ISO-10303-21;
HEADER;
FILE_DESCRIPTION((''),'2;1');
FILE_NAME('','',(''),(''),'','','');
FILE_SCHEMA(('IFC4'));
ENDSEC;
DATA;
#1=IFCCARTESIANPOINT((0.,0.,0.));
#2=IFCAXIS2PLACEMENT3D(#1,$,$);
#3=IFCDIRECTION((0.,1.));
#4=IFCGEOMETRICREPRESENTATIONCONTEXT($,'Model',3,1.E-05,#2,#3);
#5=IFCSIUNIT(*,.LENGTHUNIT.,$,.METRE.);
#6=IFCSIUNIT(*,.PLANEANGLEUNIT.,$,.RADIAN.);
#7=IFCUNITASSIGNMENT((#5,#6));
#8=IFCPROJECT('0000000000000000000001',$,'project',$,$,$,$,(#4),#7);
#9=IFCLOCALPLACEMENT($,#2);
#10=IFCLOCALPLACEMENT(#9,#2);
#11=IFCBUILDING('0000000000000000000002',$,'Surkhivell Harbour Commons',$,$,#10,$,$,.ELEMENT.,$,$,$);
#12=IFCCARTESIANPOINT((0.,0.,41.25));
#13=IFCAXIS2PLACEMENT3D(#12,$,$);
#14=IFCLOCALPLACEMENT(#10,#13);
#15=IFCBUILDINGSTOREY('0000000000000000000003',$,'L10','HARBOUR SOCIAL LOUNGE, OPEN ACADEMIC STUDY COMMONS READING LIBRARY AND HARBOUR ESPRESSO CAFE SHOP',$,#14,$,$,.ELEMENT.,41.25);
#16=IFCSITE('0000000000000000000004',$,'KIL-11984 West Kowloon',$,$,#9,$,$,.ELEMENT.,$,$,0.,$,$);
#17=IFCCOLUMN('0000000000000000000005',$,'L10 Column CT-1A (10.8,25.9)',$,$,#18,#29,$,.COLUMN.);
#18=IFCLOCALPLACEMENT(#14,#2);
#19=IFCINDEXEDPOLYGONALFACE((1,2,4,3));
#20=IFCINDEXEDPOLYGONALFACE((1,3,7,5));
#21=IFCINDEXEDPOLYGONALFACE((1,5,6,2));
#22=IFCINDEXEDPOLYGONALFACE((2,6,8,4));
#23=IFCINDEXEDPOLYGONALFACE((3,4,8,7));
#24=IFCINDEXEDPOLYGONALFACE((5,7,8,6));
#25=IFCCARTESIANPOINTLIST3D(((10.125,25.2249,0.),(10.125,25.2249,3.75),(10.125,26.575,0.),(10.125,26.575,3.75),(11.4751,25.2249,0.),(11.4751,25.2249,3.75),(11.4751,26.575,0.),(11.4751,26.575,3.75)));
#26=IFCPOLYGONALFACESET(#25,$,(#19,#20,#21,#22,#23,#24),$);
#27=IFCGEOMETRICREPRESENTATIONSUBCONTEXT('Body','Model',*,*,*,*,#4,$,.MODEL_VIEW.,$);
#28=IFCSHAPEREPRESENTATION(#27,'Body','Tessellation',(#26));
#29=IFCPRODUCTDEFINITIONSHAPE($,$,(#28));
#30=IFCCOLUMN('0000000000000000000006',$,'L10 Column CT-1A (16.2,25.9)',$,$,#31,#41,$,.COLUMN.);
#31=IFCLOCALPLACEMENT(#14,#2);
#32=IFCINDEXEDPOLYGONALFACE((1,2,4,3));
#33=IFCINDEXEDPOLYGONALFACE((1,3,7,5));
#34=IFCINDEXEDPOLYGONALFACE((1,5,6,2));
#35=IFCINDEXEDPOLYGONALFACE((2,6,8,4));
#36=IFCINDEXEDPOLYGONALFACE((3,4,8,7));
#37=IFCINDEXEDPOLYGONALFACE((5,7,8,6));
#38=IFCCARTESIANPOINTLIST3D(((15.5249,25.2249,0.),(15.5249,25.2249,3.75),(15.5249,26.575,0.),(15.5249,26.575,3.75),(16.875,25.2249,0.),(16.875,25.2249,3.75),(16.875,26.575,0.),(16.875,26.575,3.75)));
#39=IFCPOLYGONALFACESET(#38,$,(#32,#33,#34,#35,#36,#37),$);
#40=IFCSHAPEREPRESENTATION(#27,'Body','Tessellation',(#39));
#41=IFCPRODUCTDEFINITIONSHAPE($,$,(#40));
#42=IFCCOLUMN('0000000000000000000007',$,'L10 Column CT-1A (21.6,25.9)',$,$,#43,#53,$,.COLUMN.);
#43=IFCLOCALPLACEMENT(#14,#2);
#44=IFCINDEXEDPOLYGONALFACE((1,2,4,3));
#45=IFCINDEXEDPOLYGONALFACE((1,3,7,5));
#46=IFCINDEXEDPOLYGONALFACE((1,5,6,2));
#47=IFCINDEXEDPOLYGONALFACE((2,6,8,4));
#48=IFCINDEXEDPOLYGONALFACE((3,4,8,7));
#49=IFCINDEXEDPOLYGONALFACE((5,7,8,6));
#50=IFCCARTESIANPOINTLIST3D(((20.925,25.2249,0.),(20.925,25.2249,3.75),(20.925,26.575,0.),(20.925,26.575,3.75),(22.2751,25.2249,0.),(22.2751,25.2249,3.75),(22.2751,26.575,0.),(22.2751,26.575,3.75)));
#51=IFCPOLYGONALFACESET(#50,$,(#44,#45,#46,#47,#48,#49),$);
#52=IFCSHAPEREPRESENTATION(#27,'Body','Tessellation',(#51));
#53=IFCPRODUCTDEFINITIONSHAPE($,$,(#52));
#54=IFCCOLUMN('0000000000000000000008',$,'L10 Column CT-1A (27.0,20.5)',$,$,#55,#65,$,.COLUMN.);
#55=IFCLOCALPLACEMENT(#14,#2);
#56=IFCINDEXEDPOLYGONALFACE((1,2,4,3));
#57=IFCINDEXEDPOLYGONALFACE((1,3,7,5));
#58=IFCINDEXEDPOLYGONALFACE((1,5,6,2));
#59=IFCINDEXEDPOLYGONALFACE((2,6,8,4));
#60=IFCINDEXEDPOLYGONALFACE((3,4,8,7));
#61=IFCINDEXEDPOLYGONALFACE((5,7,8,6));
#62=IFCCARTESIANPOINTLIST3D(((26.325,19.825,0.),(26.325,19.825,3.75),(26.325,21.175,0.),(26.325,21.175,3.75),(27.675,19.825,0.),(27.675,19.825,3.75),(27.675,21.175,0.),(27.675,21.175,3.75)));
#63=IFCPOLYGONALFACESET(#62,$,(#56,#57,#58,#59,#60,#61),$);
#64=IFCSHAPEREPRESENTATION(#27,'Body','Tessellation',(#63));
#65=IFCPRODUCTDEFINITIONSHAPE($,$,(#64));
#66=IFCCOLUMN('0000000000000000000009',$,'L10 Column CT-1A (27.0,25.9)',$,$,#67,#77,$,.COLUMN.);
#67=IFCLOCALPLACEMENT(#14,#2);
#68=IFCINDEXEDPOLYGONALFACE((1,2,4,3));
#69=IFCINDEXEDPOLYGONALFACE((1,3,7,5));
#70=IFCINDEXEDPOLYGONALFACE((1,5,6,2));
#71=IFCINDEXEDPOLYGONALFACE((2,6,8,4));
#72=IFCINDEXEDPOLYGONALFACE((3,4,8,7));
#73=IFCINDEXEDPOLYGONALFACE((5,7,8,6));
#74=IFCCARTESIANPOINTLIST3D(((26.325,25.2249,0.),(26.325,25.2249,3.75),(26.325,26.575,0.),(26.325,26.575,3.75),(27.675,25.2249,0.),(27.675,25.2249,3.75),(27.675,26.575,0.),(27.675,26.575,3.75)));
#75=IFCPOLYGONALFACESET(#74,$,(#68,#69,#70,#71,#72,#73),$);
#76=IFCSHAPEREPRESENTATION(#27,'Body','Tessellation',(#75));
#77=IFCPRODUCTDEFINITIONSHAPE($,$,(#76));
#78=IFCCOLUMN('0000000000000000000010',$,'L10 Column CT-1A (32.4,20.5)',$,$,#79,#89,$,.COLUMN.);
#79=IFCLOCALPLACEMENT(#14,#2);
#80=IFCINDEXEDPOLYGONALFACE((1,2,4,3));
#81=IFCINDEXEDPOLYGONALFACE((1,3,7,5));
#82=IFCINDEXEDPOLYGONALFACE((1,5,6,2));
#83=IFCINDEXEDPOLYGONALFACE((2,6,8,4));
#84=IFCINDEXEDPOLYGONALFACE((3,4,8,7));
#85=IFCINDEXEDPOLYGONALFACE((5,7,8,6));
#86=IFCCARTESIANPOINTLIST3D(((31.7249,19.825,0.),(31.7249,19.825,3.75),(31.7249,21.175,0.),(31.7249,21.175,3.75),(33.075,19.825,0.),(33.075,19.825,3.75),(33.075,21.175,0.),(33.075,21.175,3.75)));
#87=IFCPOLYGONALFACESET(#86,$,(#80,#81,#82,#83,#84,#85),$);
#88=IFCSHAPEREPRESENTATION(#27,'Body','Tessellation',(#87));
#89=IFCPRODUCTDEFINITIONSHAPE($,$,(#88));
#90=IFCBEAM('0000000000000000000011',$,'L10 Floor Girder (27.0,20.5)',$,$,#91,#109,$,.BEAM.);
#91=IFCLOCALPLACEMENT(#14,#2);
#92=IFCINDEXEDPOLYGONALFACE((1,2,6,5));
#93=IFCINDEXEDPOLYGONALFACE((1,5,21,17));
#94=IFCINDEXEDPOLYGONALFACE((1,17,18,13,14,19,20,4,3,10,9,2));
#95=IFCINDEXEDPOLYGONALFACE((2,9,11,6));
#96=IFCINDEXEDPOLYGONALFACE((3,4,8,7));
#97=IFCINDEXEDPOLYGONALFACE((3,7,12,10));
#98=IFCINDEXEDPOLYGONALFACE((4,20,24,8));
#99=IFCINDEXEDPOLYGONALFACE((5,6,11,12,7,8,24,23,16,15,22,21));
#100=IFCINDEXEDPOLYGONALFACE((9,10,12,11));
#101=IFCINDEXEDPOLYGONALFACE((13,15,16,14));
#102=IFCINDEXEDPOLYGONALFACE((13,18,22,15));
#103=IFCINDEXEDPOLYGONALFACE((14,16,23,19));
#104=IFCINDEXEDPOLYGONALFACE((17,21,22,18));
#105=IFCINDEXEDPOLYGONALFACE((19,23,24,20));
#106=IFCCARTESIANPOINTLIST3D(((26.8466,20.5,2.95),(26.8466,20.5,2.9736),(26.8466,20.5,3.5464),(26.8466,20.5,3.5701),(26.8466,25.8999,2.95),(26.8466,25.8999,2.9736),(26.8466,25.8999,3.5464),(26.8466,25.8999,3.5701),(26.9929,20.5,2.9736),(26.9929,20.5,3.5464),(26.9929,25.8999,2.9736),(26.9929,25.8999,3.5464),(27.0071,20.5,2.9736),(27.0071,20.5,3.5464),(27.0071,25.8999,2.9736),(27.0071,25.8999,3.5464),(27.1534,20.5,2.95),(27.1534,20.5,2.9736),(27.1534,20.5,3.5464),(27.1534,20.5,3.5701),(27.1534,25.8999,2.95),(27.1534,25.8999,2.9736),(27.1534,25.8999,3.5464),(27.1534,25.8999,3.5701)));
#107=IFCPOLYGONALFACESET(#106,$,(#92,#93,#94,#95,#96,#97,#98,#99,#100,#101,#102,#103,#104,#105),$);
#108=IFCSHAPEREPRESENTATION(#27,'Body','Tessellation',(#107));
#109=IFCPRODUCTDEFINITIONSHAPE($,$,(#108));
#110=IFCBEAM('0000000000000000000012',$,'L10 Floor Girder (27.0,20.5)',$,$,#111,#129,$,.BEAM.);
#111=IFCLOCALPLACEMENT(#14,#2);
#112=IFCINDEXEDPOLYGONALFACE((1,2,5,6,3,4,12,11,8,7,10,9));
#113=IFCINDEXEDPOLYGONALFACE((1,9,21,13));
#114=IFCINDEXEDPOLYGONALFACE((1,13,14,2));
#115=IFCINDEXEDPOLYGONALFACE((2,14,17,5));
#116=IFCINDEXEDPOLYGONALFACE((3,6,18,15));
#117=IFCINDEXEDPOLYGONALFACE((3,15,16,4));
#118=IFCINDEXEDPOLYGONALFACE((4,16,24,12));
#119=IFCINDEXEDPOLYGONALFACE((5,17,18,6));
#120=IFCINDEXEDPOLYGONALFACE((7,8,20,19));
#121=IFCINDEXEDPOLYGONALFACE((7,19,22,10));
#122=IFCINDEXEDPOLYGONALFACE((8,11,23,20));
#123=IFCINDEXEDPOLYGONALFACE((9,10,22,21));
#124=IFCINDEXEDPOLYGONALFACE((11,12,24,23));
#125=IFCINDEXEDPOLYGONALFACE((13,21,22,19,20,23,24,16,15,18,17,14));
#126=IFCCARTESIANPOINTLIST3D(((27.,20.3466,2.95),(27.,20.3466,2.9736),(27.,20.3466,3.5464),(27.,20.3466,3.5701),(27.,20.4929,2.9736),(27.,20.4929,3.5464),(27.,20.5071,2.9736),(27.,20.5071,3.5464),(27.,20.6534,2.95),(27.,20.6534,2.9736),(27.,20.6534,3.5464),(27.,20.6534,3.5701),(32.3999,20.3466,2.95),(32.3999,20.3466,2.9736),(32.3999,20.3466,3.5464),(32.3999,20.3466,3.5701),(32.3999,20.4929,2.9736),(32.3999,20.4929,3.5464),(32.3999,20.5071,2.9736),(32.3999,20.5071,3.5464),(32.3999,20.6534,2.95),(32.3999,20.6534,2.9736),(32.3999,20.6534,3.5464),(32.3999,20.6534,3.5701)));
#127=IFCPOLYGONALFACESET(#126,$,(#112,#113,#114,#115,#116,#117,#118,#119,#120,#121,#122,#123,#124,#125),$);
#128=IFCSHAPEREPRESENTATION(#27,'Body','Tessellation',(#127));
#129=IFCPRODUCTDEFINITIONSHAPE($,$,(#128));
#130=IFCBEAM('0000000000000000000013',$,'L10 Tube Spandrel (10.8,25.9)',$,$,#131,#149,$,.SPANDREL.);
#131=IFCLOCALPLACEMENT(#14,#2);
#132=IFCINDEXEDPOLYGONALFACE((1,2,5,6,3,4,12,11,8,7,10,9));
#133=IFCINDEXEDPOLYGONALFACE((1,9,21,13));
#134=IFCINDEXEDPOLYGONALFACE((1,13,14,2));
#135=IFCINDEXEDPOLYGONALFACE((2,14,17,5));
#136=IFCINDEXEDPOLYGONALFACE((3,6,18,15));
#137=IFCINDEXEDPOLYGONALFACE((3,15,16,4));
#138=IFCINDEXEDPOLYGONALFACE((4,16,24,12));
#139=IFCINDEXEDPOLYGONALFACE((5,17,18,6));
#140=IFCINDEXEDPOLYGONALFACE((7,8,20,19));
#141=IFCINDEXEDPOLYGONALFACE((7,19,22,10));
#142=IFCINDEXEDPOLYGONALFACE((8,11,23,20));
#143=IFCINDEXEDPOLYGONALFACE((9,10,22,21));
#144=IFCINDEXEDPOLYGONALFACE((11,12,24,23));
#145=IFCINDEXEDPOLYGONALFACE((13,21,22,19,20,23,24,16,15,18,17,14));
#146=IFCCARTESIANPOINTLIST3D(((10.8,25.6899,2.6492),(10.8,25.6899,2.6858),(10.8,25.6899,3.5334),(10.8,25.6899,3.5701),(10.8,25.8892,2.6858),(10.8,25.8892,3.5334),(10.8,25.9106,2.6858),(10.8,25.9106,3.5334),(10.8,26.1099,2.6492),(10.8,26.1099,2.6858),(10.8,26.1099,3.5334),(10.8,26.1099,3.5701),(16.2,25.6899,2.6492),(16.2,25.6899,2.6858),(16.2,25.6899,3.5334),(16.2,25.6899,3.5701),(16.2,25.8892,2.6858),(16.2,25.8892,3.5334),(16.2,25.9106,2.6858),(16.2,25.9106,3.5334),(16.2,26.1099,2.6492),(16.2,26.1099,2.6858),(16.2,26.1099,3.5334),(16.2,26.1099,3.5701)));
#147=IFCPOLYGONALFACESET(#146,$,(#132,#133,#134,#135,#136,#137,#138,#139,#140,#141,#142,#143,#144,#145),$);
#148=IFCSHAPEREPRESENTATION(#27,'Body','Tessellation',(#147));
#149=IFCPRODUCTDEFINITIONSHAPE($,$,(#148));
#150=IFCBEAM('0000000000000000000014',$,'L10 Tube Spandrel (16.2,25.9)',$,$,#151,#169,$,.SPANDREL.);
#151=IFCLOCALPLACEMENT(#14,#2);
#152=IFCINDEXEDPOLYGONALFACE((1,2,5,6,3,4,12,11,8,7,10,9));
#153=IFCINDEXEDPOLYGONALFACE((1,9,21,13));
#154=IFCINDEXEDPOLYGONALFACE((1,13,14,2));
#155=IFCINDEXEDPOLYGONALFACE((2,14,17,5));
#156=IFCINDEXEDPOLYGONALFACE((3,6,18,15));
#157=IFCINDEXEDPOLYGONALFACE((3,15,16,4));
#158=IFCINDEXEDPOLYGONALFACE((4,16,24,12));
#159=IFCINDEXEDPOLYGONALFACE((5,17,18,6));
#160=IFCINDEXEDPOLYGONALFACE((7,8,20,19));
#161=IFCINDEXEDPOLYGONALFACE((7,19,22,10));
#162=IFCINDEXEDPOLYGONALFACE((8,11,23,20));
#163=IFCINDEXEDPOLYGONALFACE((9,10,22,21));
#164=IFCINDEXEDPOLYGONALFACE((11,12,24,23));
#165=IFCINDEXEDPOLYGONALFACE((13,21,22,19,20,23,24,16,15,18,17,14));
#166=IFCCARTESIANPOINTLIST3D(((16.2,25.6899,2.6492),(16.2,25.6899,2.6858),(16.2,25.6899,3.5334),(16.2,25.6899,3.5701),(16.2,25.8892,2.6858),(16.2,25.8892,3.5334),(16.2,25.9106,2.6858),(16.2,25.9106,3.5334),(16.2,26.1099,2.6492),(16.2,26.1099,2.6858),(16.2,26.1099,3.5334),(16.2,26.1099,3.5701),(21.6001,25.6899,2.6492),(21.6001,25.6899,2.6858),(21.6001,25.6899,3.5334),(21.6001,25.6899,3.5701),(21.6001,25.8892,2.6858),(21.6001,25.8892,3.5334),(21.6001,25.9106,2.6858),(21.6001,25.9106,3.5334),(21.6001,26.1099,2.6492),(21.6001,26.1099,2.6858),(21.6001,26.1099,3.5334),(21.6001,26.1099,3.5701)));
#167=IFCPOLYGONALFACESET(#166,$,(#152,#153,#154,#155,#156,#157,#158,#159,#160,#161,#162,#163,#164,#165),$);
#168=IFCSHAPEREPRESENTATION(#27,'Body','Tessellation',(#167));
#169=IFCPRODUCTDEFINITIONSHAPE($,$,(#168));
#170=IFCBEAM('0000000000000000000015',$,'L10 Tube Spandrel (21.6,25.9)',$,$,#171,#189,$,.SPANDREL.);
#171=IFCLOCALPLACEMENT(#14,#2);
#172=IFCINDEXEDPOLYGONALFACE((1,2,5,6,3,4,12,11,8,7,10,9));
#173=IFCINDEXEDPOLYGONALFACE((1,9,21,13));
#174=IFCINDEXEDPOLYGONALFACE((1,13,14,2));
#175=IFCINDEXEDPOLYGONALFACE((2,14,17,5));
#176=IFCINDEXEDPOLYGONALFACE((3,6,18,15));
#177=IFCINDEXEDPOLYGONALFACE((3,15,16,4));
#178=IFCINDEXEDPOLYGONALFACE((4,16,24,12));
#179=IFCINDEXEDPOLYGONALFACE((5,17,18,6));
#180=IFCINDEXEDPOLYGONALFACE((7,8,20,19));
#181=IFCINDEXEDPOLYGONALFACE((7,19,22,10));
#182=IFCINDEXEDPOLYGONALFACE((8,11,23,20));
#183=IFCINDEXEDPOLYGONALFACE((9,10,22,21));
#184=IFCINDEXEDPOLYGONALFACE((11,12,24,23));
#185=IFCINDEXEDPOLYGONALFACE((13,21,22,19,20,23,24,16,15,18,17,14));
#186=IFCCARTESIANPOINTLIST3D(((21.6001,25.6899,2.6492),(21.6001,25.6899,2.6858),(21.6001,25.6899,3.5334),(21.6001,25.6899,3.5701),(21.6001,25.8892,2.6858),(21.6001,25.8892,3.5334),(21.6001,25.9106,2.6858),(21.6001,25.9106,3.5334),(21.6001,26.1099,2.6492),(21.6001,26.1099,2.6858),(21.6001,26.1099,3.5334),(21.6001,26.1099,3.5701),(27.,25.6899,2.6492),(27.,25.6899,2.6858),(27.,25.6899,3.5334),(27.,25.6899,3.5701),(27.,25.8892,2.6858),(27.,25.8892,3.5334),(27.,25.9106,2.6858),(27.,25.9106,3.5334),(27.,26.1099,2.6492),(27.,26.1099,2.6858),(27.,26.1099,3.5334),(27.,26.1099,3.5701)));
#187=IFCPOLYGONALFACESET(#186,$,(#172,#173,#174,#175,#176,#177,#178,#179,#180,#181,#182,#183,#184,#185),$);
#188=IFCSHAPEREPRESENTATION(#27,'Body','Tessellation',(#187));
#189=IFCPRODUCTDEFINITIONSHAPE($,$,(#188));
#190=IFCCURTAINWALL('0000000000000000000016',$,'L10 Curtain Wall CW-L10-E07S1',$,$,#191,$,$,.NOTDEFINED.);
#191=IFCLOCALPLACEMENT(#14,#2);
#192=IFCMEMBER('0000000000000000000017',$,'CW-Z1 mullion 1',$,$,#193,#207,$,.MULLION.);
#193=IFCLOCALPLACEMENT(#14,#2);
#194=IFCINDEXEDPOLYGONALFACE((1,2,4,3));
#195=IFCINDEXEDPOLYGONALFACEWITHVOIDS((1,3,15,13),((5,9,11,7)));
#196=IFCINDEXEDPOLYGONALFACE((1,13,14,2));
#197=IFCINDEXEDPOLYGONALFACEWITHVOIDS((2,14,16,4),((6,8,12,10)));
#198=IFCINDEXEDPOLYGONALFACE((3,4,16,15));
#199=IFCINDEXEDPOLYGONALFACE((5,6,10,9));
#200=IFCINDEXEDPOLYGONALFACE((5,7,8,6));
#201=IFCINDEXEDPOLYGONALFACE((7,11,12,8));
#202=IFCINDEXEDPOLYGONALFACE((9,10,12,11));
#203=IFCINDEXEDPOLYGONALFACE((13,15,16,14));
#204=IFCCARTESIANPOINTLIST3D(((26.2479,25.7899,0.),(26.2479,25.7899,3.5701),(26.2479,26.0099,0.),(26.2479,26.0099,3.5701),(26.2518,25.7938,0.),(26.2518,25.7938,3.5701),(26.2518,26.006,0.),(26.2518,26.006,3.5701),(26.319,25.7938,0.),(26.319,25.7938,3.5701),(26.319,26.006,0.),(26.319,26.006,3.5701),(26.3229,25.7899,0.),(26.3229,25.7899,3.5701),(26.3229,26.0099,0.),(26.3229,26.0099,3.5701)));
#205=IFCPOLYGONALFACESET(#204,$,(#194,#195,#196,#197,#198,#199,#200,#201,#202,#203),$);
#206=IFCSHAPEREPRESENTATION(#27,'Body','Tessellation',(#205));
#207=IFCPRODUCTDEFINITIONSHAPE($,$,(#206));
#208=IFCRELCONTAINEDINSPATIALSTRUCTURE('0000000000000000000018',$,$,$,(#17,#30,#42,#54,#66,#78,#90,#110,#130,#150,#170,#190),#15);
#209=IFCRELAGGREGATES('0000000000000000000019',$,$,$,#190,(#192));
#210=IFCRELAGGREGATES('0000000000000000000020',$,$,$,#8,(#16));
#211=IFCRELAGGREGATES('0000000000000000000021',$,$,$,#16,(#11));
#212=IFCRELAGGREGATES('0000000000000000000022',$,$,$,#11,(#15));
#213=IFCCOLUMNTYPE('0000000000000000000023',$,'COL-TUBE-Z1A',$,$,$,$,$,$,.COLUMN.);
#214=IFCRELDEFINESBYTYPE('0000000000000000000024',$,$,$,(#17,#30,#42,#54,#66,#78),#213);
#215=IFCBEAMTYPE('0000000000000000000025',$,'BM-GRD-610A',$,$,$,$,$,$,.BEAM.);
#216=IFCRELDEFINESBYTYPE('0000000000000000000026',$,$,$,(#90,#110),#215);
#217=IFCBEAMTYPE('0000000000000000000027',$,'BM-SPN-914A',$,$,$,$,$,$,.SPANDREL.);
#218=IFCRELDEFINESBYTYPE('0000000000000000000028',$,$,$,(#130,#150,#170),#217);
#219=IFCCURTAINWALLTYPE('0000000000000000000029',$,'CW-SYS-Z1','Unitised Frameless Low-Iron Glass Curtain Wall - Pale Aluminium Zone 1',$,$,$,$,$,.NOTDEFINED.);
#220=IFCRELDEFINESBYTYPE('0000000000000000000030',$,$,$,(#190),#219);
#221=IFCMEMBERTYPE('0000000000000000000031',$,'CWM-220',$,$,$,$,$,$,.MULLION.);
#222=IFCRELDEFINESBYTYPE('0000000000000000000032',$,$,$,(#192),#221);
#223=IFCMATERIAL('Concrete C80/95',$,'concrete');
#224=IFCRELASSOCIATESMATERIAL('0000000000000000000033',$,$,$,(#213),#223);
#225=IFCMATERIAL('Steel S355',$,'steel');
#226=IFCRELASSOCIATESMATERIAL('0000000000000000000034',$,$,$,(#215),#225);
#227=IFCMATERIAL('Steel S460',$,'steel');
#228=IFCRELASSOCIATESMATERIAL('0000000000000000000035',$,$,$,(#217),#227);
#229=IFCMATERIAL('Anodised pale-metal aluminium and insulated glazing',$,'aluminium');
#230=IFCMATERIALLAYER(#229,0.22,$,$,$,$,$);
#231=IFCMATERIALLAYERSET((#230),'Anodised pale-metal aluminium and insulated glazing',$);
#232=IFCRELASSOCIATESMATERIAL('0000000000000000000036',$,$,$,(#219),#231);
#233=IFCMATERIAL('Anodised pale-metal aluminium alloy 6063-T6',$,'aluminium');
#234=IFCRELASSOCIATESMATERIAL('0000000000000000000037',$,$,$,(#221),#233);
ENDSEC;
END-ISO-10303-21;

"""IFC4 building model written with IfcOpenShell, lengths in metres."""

from ifc_helpers import new_model, si_unit, direction, frame, origin, origin_2d, place, context, subcontext, project, spatial, rectangle, hollow_rectangle, i_section, extrude, material, layer, layer_set, material_profile, profile_set, type_object, element, aggregate, save


model = new_model("IFC4")

# Units and contexts
model_context = context("Model", 3, precision=1e-05, world=origin(), true_north=direction((0.0, 1.0)))
body_context = subcontext(model_context, "Body", "Model", "MODEL_VIEW")
ifc_project = project(units=[si_unit("LENGTHUNIT", "METRE"), si_unit("PLANEANGLEUNIT", "RADIAN")], contexts=[model_context])

# Site, building, storey
site_placement = place(None, origin())
site = spatial("IfcSite", under=ifc_project, at=site_placement, Name="KIL-11984 West Kowloon", CompositionType="ELEMENT", RefElevation=0.0)
building_placement = place(site_placement, origin())
building = spatial("IfcBuilding", under=site, at=building_placement, Name="Surkhivell Harbour Commons", CompositionType="ELEMENT")
storey_placement = place(building_placement, frame((0.0, 0.0, 41.25)))
storey = spatial("IfcBuildingStorey", under=building, at=storey_placement, Name="L10", Description="HARBOUR SOCIAL LOUNGE, OPEN ACADEMIC STUDY COMMONS READING LIBRARY AND HARBOUR ESPRESSO CAFE SHOP", CompositionType="ELEMENT", Elevation=41.25)

# Columns
ifc_material_1 = material(Name="Concrete C80/95", Category="concrete")
ifc_material_profile_1 = material_profile(ifc_material_1, rectangle(XDim=1.3501, YDim=1.3501, at=origin_2d()), Name="RC-COL-1350x1350")
ifc_profile_set_1 = profile_set([ifc_material_profile_1], Name="Concrete C80/95")
column_type = type_object("IfcColumnType", Name="COL-TUBE-Z1A", PredefinedType="COLUMN", material=ifc_profile_set_1)
for number, where, z_axis, x_axis, name in (
    (1, (10.8, 25.8999, 0.0), (0.0, 0.0, 1.0), (1.0, 0.0, 0.0), "L10 Column CT-1A (10.8,25.9)"),
    (2, (16.2, 25.8999, 0.0), (0.0, 0.0, 1.0), (1.0, 0.0, 0.0), "L10 Column CT-1A (16.2,25.9)"),
    (3, (21.6001, 25.8999, 0.0), (0.0, 0.0, 1.0), (1.0, 0.0, 0.0), "L10 Column CT-1A (21.6,25.9)"),
    (4, (27.0, 20.5, 0.0), (0.0, 0.0, 1.0), (1.0, 0.0, 0.0), "L10 Column CT-1A (27.0,20.5)"),
    (5, (27.0, 25.8999, 0.0), (0.0, 0.0, 1.0), (1.0, 0.0, 0.0), "L10 Column CT-1A (27.0,25.9)"),
    (6, (32.3999, 20.5, 0.0), (0.0, 0.0, 1.0), (1.0, 0.0, 0.0), "L10 Column CT-1A (32.4,20.5)"),
):
    element("IfcColumn", number, at=place(storey_placement, frame(where, z_axis=z_axis, x_axis=x_axis)), inside=storey, type_object=column_type, Name=name, PredefinedType="COLUMN", context=body_context, shape_type="SweptSolid", body=[
        extrude(rectangle(XDim=1.3501, YDim=1.3501, at=origin_2d()), origin(), (0.0, 0.0, 1.0), 3.75),
    ])

# Beams
ifc_material_2 = material(Name="Steel S355", Category="steel")
ifc_material_profile_2 = material_profile(ifc_material_2, i_section(OverallWidth=0.3069, OverallDepth=0.6201, WebThickness=0.0142, FlangeThickness=0.0237, at=origin_2d()), Name="UB610x305x179")
ifc_profile_set_2 = profile_set([ifc_material_profile_2], Name="Steel S355")
beam_type_1 = type_object("IfcBeamType", Name="BM-GRD-610A", PredefinedType="BEAM", material=ifc_profile_set_2)
for number, where, z_axis, x_axis, name in (
    (7, (27.0, 20.5, 3.26), (0.0, 1.0, 0.0), (-1.0, 0.0, 0.0), "L10 Floor Girder (27.0,20.5)"),
    (8, (27.0, 20.5, 3.26), (1.0, 0.0, 0.0), (0.0, 1.0, 0.0), "L10 Floor Girder (27.0,20.5)"),
):
    element("IfcBeam", number, at=place(storey_placement, frame(where, z_axis=z_axis, x_axis=x_axis)), inside=storey, type_object=beam_type_1, Name=name, PredefinedType="BEAM", context=body_context, shape_type="SweptSolid", body=[
        extrude(i_section(OverallWidth=0.3069, OverallDepth=0.6201, WebThickness=0.0142, FlangeThickness=0.0237, at=origin_2d()), origin(), (0.0, 0.0, 1.0), 5.3999),
    ])
ifc_material_3 = material(Name="Steel S460", Category="steel")
ifc_material_profile_3 = material_profile(ifc_material_3, i_section(OverallWidth=0.4199, OverallDepth=0.9209, WebThickness=0.0215, FlangeThickness=0.0366, at=origin_2d()), Name="UB914x419x388")
ifc_profile_set_3 = profile_set([ifc_material_profile_3], Name="Steel S460")
beam_type_2 = type_object("IfcBeamType", Name="BM-SPN-914A", PredefinedType="SPANDREL", material=ifc_profile_set_3)
beam_1_placement = place(storey_placement, frame((10.8, 25.8999, 3.1096), z_axis=(1.0, 0.0, 0.0), x_axis=(0.0, 1.0, 0.0)))
element("IfcBeam", 9, at=beam_1_placement, inside=storey, type_object=beam_type_2, Name="L10 Tube Spandrel (10.8,25.9)", PredefinedType="SPANDREL", context=body_context, shape_type="SweptSolid", body=[
    extrude(i_section(OverallWidth=0.4199, OverallDepth=0.9209, WebThickness=0.0215, FlangeThickness=0.0366, at=origin_2d()), origin(), (0.0, 0.0, 1.0), 5.3999),
])
beam_2_placement = place(storey_placement, frame((16.2, 25.8999, 3.1096), z_axis=(1.0, 0.0, 0.0), x_axis=(0.0, 1.0, 0.0)))
element("IfcBeam", 10, at=beam_2_placement, inside=storey, type_object=beam_type_2, Name="L10 Tube Spandrel (16.2,25.9)", PredefinedType="SPANDREL", context=body_context, shape_type="SweptSolid", body=[
    extrude(i_section(OverallWidth=0.4199, OverallDepth=0.9209, WebThickness=0.0215, FlangeThickness=0.0366, at=origin_2d()), origin(), (0.0, 0.0, 1.0), 5.4001),
])
beam_3_placement = place(storey_placement, frame((21.6001, 25.8999, 3.1096), z_axis=(1.0, 0.0, 0.0), x_axis=(0.0, 1.0, 0.0)))
element("IfcBeam", 11, at=beam_3_placement, inside=storey, type_object=beam_type_2, Name="L10 Tube Spandrel (21.6,25.9)", PredefinedType="SPANDREL", context=body_context, shape_type="SweptSolid", body=[
    extrude(i_section(OverallWidth=0.4199, OverallDepth=0.9209, WebThickness=0.0215, FlangeThickness=0.0366, at=origin_2d()), origin(), (0.0, 0.0, 1.0), 5.3999),
])

# Curtain wall, member
ifc_material_4 = material(Name="Anodised pale-metal aluminium and insulated glazing", Category="aluminium")
ifc_layer_1 = layer(ifc_material_4, 0.22)
ifc_layer_set_1 = layer_set([ifc_layer_1], Name="Anodised pale-metal aluminium and insulated glazing")
curtain_wall_type = type_object("IfcCurtainWallType", Name="CW-SYS-Z1", Description="Unitised Frameless Low-Iron Glass Curtain Wall - Pale Aluminium Zone 1", PredefinedType="NOTDEFINED", material=ifc_layer_set_1)
curtain_wall_placement = place(storey_placement, origin())
curtain_wall = element("IfcCurtainWall", 12, at=curtain_wall_placement, inside=storey, type_object=curtain_wall_type, Name="L10 Curtain Wall CW-L10-E07S1", PredefinedType="NOTDEFINED")
ifc_material_5 = material(Name="Anodised pale-metal aluminium alloy 6063-T6", Category="aluminium")
ifc_material_profile_4 = material_profile(ifc_material_5, hollow_rectangle(XDim=0.075, YDim=0.22, WallThickness=0.0039, at=origin_2d()), Name="ALU-MULL-75x220")
ifc_profile_set_4 = profile_set([ifc_material_profile_4], Name="Anodised pale-metal aluminium alloy 6063-T6")
member_type_1 = type_object("IfcMemberType", Name="CWM-220", PredefinedType="MULLION", material=ifc_profile_set_4)
member_1_placement = place(storey_placement, frame((26.2854, 25.8999, 0.0), z_axis=(0.0, 0.0, 1.0), x_axis=(-1.0, 0.0, 0.0)))
member_1 = element("IfcMember", 13, at=member_1_placement, type_object=member_type_1, Name="CW-Z1 mullion 1", PredefinedType="MULLION", context=body_context, shape_type="SweptSolid", body=[
    extrude(hollow_rectangle(XDim=0.075, YDim=0.22, WallThickness=0.0039, at=origin_2d()), origin(), (0.0, 0.0, 1.0), 3.5701),
])
aggregate(curtain_wall, [member_1])

save(model, "model.ifc")
